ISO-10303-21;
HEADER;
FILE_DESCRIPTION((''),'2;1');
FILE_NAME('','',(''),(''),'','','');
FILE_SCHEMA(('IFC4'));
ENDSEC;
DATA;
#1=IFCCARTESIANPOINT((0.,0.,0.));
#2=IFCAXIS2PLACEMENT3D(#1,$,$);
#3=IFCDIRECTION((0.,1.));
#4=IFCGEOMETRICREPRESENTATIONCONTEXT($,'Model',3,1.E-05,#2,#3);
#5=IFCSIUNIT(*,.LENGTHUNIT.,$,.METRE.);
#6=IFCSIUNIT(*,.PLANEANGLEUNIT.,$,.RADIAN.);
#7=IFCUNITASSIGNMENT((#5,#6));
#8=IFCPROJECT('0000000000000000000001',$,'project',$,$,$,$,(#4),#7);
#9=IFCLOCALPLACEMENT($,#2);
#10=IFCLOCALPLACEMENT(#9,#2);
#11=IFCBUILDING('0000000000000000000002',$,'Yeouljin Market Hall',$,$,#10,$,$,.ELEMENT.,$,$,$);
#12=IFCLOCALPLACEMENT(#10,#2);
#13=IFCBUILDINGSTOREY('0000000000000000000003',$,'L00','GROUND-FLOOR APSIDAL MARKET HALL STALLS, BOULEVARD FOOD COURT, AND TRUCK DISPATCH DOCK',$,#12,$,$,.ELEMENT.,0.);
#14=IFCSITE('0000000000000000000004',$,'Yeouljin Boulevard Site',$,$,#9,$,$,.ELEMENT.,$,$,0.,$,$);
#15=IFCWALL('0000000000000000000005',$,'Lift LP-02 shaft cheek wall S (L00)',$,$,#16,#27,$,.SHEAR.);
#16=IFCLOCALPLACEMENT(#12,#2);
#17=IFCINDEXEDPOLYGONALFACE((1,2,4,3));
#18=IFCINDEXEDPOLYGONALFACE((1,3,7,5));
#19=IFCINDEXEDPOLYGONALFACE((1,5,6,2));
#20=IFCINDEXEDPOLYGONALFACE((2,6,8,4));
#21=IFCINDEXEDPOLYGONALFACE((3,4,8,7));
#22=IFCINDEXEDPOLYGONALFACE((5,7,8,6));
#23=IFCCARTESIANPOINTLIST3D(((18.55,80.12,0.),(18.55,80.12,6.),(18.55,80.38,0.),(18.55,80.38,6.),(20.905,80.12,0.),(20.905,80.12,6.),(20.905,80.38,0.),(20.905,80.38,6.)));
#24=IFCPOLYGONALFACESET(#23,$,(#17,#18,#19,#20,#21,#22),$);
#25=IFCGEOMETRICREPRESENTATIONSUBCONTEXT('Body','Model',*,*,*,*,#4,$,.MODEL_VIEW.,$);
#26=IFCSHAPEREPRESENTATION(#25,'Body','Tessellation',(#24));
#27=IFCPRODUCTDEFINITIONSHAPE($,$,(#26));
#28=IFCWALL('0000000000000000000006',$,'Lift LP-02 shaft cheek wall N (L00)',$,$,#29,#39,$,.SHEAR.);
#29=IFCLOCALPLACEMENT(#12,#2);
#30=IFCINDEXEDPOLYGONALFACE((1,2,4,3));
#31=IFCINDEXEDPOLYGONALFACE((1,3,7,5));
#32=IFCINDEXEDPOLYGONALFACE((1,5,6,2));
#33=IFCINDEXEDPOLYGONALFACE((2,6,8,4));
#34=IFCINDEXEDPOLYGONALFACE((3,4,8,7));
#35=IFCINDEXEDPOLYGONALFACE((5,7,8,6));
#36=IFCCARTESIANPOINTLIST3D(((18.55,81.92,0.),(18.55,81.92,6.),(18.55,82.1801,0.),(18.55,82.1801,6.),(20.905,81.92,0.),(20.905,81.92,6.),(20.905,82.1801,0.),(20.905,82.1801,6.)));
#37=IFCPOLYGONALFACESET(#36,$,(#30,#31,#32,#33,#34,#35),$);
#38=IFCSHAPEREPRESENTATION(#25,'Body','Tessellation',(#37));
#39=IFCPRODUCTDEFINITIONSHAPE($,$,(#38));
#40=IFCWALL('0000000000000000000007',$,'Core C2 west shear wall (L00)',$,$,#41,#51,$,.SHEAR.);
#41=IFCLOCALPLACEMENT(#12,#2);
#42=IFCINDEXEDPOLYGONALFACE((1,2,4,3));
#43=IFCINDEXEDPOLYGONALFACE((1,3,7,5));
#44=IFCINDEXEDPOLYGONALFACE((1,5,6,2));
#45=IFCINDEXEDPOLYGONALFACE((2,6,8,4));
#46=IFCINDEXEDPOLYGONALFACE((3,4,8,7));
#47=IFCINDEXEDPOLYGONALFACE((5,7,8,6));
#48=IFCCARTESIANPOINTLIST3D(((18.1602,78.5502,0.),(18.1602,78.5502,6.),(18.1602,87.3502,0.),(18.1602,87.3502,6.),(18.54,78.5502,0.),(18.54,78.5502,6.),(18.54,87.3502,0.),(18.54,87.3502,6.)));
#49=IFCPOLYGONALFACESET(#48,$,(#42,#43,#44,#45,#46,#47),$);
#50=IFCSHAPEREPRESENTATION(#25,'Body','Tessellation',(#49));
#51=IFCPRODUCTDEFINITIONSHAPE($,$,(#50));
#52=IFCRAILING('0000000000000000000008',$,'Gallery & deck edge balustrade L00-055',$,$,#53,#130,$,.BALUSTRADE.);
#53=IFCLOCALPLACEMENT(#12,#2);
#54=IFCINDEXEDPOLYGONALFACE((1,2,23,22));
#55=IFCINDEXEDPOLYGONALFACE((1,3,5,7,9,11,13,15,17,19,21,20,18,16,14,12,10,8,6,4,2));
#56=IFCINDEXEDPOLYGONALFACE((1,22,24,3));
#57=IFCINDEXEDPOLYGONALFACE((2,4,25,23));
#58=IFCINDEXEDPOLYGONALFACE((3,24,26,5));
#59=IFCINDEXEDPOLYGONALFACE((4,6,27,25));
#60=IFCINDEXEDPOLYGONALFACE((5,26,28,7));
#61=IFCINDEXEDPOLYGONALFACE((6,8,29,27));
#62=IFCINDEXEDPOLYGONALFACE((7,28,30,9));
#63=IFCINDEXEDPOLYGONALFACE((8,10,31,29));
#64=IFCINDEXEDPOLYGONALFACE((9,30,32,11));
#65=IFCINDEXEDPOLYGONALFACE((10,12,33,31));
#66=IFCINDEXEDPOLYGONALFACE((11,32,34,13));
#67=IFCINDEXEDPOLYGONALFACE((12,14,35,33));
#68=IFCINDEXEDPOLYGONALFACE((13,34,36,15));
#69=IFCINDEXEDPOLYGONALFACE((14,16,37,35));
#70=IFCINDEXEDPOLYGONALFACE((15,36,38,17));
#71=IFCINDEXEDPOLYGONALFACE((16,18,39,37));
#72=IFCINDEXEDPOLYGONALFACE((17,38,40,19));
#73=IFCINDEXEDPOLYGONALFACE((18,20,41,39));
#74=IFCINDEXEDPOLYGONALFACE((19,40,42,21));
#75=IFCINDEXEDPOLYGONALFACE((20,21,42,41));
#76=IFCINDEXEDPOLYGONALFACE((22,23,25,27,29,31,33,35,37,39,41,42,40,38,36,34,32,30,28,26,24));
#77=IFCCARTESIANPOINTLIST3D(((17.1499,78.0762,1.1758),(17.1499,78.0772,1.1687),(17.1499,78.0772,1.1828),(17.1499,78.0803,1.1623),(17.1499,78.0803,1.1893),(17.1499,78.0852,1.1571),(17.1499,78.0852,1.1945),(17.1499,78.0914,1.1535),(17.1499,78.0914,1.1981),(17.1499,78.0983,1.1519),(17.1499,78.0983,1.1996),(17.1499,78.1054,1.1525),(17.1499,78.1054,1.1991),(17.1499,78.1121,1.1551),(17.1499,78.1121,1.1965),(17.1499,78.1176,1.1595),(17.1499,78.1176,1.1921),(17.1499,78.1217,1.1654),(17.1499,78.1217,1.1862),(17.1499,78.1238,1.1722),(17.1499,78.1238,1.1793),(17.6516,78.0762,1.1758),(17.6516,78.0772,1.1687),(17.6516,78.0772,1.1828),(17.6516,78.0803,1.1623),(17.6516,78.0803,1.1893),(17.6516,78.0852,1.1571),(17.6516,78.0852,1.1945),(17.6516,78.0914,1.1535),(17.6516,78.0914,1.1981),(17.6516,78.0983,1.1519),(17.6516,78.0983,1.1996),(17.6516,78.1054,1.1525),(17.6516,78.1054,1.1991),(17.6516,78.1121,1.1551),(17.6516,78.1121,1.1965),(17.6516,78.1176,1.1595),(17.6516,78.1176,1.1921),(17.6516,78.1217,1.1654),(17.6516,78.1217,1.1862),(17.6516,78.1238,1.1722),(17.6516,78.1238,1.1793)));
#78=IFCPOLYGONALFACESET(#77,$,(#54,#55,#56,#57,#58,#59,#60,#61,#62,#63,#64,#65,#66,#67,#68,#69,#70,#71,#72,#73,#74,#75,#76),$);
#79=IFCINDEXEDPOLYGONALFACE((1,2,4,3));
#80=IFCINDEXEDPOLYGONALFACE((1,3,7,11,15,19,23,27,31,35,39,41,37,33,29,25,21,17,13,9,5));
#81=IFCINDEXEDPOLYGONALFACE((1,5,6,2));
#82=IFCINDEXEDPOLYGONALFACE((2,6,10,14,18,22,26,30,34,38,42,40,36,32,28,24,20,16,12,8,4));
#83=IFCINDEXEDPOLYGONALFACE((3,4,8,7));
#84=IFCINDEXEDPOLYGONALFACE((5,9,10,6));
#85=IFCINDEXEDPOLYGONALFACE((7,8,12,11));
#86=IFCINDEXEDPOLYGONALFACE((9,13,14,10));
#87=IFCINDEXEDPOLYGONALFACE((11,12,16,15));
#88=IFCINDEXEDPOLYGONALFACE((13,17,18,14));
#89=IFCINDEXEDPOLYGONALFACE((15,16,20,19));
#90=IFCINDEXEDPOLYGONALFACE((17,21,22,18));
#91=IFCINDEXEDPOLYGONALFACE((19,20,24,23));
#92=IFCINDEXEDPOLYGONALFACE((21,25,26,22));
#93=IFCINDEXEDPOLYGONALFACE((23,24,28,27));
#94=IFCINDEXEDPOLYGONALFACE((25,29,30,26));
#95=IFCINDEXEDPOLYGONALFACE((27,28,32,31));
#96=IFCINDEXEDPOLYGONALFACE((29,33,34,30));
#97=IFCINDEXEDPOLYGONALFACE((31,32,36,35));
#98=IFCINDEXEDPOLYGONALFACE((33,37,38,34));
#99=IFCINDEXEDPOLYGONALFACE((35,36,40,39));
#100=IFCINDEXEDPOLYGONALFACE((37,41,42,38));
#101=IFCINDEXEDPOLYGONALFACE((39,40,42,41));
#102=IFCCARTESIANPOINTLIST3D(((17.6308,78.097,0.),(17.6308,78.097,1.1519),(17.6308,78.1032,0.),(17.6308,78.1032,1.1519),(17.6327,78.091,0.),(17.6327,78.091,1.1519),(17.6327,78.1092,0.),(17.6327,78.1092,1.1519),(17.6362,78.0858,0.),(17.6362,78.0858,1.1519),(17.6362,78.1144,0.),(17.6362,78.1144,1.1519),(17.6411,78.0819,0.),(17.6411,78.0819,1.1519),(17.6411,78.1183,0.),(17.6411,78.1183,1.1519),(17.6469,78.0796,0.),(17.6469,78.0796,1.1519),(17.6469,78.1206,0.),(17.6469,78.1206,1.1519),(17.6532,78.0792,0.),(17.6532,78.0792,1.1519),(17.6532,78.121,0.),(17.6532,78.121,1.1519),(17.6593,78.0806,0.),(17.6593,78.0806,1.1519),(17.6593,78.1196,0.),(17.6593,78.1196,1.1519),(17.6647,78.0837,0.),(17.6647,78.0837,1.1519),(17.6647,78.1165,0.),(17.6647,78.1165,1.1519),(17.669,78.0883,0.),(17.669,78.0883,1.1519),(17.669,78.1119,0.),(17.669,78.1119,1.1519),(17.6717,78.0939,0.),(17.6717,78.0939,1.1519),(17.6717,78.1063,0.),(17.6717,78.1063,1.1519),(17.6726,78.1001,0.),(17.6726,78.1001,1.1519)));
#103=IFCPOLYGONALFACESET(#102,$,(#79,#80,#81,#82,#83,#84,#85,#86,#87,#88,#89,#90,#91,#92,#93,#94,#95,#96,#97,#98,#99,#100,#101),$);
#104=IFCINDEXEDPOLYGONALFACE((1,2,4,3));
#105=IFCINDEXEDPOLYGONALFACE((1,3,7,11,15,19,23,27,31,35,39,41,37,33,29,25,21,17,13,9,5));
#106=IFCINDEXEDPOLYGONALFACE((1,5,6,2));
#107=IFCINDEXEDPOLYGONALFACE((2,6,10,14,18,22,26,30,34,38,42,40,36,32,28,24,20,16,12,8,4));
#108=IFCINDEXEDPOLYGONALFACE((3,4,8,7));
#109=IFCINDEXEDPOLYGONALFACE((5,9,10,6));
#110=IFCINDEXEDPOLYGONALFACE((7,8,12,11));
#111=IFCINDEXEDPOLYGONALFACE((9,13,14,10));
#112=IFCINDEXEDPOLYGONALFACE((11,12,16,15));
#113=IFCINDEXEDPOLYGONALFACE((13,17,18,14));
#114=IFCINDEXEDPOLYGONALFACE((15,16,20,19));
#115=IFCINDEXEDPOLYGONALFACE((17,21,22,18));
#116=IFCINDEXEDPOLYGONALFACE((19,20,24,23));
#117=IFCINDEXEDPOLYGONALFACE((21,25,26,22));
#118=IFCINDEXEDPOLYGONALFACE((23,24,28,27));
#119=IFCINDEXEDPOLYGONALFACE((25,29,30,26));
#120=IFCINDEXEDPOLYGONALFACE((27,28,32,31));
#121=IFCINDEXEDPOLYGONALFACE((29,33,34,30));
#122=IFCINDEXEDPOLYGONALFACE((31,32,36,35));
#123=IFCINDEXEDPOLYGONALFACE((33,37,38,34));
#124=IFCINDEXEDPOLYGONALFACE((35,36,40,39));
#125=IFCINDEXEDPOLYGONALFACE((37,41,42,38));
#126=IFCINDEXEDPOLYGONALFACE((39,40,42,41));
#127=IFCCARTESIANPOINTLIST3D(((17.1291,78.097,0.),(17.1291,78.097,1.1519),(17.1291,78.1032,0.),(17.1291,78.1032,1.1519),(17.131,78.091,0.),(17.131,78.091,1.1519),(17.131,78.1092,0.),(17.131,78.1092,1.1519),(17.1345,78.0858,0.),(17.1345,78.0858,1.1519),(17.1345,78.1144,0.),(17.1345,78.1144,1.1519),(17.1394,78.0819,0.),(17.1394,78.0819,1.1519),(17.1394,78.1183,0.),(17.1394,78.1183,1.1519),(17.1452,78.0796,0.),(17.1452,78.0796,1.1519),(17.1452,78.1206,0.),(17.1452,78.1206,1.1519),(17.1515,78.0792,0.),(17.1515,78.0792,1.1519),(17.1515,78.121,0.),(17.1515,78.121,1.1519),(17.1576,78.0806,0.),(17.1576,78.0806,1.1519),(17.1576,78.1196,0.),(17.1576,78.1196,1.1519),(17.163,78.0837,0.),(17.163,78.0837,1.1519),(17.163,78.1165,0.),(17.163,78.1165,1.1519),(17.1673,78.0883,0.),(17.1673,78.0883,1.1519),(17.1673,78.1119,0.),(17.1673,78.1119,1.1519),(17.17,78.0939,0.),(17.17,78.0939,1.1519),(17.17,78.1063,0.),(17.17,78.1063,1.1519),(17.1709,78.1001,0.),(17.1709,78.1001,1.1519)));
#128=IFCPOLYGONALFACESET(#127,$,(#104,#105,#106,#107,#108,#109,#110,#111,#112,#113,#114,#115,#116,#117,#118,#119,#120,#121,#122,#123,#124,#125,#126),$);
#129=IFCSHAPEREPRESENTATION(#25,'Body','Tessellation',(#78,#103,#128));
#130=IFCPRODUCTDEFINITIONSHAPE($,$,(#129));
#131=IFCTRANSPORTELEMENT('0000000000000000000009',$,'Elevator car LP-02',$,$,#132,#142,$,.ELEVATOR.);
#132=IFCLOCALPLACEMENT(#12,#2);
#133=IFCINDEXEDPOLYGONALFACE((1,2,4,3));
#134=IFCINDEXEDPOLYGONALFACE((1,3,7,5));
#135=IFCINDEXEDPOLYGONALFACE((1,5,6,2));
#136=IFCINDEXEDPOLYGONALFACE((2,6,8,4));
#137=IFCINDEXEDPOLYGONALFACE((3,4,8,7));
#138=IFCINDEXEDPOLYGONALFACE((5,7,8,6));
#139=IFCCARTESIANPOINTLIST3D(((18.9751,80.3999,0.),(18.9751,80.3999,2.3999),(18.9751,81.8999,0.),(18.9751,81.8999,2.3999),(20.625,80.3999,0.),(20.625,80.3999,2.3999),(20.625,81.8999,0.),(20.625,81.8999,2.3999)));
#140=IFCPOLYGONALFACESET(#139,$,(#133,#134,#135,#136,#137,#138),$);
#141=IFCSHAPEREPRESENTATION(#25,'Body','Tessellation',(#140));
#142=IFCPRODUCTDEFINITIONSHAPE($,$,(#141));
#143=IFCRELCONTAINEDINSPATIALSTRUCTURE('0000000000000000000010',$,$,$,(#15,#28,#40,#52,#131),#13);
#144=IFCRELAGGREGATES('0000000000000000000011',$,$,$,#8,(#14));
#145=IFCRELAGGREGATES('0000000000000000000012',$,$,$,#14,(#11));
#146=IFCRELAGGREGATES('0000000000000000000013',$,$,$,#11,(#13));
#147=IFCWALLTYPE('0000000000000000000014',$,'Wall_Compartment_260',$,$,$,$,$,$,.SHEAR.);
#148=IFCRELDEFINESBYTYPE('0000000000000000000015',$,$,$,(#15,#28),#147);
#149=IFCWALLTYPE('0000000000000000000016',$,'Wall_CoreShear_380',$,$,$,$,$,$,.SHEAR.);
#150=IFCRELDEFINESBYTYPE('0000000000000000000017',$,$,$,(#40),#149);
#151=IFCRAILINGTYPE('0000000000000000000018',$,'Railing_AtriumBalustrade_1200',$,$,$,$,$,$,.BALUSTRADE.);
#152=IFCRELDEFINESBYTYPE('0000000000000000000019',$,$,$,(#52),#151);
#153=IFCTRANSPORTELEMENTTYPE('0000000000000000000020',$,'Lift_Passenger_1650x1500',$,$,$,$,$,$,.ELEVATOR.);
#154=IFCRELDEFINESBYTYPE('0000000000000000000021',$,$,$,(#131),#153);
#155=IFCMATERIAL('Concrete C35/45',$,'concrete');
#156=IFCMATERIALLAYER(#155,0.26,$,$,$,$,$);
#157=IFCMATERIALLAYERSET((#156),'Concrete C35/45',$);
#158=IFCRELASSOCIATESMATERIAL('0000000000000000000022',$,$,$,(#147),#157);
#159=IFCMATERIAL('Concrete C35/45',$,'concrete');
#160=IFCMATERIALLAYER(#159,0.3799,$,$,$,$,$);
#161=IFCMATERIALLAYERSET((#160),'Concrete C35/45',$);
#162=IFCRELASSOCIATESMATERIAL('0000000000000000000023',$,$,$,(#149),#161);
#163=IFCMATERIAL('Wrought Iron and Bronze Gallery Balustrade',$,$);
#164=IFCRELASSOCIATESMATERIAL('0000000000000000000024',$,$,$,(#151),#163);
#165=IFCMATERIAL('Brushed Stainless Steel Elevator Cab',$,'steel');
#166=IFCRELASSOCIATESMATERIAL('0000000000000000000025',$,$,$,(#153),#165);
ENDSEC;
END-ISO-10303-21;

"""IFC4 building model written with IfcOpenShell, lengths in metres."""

from ifc_helpers import new_model, si_unit, direction, frame, frame_2d, origin, origin_2d, place, context, subcontext, project, spatial, rectangle, circle, extrude, material, layer, layer_set, type_object, element, save


model = new_model("IFC4")

# Units and contexts
model_context = context("Model", 3, precision=1e-05, world=origin(), true_north=direction((0.0, 1.0)))
body_context = subcontext(model_context, "Body", "Model", "MODEL_VIEW")
ifc_project = project(units=[si_unit("LENGTHUNIT", "METRE"), si_unit("PLANEANGLEUNIT", "RADIAN")], contexts=[model_context])

# Site, building, storey
site_placement = place(None, origin())
site = spatial("IfcSite", under=ifc_project, at=site_placement, Name="Yeouljin Boulevard Site", CompositionType="ELEMENT", RefElevation=0.0)
building_placement = place(site_placement, origin())
building = spatial("IfcBuilding", under=site, at=building_placement, Name="Yeouljin Market Hall", CompositionType="ELEMENT")
storey_placement = place(building_placement, origin())
storey = spatial("IfcBuildingStorey", under=building, at=storey_placement, Name="L00", Description="GROUND-FLOOR APSIDAL MARKET HALL STALLS, BOULEVARD FOOD COURT, AND TRUCK DISPATCH DOCK", CompositionType="ELEMENT", Elevation=0.0)

# Walls
ifc_material_1 = material(Name="Concrete C35/45", Category="concrete")
ifc_layer_1 = layer(ifc_material_1, 0.26)
ifc_layer_set_1 = layer_set([ifc_layer_1], Name="Concrete C35/45")
wall_type_1 = type_object("IfcWallType", Name="Wall_Compartment_260", PredefinedType="SHEAR", material=ifc_layer_set_1)
for number, where, z_axis, x_axis, name in (
    (1, (18.55, 80.25, 0.0), (0.0, 0.0, 1.0), (1.0, 0.0, 0.0), "Lift LP-02 shaft cheek wall S (L00)"),
    (2, (18.55, 82.05, 0.0), (0.0, 0.0, 1.0), (1.0, 0.0, 0.0), "Lift LP-02 shaft cheek wall N (L00)"),
):
    element("IfcWall", number, at=place(storey_placement, frame(where, z_axis=z_axis, x_axis=x_axis)), inside=storey, type_object=wall_type_1, Name=name, PredefinedType="SHEAR", context=body_context, shape_type="SweptSolid", body=[
        extrude(rectangle(XDim=2.355, YDim=0.26, at=frame_2d((1.1775, 0.0))), origin(), (0.0, 0.0, 1.0), 6.0),
    ])

# Shared definitions
ifc_material_2 = material(Name="Concrete C35/45", Category="concrete")
ifc_layer_2 = layer(ifc_material_2, 0.3799)
ifc_layer_set_2 = layer_set([ifc_layer_2], Name="Concrete C35/45")
wall_type_2 = type_object("IfcWallType", Name="Wall_CoreShear_380", PredefinedType="SHEAR", material=ifc_layer_set_2)

# Wall
wall_1_placement = place(storey_placement, frame((18.3501, 87.3501, 0.0), z_axis=(0.0, 0.0, 1.0), x_axis=(0.0, -1.0, 0.0)))
element("IfcWall", 3, at=wall_1_placement, inside=storey, type_object=wall_type_2, Name="Core C2 west shear wall (L00)", PredefinedType="SHEAR", context=body_context, shape_type="SweptSolid", body=[
    extrude(rectangle(XDim=8.8, YDim=0.3799, at=frame_2d((4.3999, 0.0))), origin(), (0.0, 0.0, 1.0), 6.0),
])

# Railing
ifc_material_3 = material(Name="Wrought Iron and Bronze Gallery Balustrade")
railing_type = type_object("IfcRailingType", Name="Railing_AtriumBalustrade_1200", PredefinedType="BALUSTRADE", material=ifc_material_3)
railing_1_placement = place(storey_placement, frame((17.6516, 78.1001, 0.0)))
element("IfcRailing", 4, at=railing_1_placement, inside=storey, type_object=railing_type, Name="Gallery & deck edge balustrade L00-055", PredefinedType="BALUSTRADE", context=body_context, shape_type="SweptSolid", body=[
    extrude(circle(Radius=0.0239, at=origin_2d()), frame((0.0, 0.0, 1.1758), z_axis=(-1.0, 0.0, 0.0), x_axis=(0.0, -1.0, 0.0)), (0.0, 0.0, 1.0), 0.5017),
    extrude(circle(Radius=0.021, at=origin_2d()), origin(), (0.0, 0.0, 1.0), 1.1519),
    extrude(circle(Radius=0.021, at=origin_2d()), frame((-0.5017, 0.0, 0.0)), (0.0, 0.0, 1.0), 1.1519),
])

# Transport element
ifc_material_4 = material(Name="Brushed Stainless Steel Elevator Cab", Category="steel")
transport_element_type = type_object("IfcTransportElementType", Name="Lift_Passenger_1650x1500", PredefinedType="ELEVATOR", material=ifc_material_4)
transport_element_placement = place(storey_placement, frame((19.8, 81.1499, 0.0), z_axis=(0.0, 0.0, 1.0), x_axis=(1.0, 0.0, 0.0)))
element("IfcTransportElement", 5, at=transport_element_placement, inside=storey, type_object=transport_element_type, Name="Elevator car LP-02", PredefinedType="ELEVATOR", context=body_context, shape_type="SweptSolid", body=[
    extrude(rectangle(XDim=1.6499, YDim=1.5, at=origin_2d()), origin(), (0.0, 0.0, 1.0), 2.3999),
])

save(model, "model.ifc")
